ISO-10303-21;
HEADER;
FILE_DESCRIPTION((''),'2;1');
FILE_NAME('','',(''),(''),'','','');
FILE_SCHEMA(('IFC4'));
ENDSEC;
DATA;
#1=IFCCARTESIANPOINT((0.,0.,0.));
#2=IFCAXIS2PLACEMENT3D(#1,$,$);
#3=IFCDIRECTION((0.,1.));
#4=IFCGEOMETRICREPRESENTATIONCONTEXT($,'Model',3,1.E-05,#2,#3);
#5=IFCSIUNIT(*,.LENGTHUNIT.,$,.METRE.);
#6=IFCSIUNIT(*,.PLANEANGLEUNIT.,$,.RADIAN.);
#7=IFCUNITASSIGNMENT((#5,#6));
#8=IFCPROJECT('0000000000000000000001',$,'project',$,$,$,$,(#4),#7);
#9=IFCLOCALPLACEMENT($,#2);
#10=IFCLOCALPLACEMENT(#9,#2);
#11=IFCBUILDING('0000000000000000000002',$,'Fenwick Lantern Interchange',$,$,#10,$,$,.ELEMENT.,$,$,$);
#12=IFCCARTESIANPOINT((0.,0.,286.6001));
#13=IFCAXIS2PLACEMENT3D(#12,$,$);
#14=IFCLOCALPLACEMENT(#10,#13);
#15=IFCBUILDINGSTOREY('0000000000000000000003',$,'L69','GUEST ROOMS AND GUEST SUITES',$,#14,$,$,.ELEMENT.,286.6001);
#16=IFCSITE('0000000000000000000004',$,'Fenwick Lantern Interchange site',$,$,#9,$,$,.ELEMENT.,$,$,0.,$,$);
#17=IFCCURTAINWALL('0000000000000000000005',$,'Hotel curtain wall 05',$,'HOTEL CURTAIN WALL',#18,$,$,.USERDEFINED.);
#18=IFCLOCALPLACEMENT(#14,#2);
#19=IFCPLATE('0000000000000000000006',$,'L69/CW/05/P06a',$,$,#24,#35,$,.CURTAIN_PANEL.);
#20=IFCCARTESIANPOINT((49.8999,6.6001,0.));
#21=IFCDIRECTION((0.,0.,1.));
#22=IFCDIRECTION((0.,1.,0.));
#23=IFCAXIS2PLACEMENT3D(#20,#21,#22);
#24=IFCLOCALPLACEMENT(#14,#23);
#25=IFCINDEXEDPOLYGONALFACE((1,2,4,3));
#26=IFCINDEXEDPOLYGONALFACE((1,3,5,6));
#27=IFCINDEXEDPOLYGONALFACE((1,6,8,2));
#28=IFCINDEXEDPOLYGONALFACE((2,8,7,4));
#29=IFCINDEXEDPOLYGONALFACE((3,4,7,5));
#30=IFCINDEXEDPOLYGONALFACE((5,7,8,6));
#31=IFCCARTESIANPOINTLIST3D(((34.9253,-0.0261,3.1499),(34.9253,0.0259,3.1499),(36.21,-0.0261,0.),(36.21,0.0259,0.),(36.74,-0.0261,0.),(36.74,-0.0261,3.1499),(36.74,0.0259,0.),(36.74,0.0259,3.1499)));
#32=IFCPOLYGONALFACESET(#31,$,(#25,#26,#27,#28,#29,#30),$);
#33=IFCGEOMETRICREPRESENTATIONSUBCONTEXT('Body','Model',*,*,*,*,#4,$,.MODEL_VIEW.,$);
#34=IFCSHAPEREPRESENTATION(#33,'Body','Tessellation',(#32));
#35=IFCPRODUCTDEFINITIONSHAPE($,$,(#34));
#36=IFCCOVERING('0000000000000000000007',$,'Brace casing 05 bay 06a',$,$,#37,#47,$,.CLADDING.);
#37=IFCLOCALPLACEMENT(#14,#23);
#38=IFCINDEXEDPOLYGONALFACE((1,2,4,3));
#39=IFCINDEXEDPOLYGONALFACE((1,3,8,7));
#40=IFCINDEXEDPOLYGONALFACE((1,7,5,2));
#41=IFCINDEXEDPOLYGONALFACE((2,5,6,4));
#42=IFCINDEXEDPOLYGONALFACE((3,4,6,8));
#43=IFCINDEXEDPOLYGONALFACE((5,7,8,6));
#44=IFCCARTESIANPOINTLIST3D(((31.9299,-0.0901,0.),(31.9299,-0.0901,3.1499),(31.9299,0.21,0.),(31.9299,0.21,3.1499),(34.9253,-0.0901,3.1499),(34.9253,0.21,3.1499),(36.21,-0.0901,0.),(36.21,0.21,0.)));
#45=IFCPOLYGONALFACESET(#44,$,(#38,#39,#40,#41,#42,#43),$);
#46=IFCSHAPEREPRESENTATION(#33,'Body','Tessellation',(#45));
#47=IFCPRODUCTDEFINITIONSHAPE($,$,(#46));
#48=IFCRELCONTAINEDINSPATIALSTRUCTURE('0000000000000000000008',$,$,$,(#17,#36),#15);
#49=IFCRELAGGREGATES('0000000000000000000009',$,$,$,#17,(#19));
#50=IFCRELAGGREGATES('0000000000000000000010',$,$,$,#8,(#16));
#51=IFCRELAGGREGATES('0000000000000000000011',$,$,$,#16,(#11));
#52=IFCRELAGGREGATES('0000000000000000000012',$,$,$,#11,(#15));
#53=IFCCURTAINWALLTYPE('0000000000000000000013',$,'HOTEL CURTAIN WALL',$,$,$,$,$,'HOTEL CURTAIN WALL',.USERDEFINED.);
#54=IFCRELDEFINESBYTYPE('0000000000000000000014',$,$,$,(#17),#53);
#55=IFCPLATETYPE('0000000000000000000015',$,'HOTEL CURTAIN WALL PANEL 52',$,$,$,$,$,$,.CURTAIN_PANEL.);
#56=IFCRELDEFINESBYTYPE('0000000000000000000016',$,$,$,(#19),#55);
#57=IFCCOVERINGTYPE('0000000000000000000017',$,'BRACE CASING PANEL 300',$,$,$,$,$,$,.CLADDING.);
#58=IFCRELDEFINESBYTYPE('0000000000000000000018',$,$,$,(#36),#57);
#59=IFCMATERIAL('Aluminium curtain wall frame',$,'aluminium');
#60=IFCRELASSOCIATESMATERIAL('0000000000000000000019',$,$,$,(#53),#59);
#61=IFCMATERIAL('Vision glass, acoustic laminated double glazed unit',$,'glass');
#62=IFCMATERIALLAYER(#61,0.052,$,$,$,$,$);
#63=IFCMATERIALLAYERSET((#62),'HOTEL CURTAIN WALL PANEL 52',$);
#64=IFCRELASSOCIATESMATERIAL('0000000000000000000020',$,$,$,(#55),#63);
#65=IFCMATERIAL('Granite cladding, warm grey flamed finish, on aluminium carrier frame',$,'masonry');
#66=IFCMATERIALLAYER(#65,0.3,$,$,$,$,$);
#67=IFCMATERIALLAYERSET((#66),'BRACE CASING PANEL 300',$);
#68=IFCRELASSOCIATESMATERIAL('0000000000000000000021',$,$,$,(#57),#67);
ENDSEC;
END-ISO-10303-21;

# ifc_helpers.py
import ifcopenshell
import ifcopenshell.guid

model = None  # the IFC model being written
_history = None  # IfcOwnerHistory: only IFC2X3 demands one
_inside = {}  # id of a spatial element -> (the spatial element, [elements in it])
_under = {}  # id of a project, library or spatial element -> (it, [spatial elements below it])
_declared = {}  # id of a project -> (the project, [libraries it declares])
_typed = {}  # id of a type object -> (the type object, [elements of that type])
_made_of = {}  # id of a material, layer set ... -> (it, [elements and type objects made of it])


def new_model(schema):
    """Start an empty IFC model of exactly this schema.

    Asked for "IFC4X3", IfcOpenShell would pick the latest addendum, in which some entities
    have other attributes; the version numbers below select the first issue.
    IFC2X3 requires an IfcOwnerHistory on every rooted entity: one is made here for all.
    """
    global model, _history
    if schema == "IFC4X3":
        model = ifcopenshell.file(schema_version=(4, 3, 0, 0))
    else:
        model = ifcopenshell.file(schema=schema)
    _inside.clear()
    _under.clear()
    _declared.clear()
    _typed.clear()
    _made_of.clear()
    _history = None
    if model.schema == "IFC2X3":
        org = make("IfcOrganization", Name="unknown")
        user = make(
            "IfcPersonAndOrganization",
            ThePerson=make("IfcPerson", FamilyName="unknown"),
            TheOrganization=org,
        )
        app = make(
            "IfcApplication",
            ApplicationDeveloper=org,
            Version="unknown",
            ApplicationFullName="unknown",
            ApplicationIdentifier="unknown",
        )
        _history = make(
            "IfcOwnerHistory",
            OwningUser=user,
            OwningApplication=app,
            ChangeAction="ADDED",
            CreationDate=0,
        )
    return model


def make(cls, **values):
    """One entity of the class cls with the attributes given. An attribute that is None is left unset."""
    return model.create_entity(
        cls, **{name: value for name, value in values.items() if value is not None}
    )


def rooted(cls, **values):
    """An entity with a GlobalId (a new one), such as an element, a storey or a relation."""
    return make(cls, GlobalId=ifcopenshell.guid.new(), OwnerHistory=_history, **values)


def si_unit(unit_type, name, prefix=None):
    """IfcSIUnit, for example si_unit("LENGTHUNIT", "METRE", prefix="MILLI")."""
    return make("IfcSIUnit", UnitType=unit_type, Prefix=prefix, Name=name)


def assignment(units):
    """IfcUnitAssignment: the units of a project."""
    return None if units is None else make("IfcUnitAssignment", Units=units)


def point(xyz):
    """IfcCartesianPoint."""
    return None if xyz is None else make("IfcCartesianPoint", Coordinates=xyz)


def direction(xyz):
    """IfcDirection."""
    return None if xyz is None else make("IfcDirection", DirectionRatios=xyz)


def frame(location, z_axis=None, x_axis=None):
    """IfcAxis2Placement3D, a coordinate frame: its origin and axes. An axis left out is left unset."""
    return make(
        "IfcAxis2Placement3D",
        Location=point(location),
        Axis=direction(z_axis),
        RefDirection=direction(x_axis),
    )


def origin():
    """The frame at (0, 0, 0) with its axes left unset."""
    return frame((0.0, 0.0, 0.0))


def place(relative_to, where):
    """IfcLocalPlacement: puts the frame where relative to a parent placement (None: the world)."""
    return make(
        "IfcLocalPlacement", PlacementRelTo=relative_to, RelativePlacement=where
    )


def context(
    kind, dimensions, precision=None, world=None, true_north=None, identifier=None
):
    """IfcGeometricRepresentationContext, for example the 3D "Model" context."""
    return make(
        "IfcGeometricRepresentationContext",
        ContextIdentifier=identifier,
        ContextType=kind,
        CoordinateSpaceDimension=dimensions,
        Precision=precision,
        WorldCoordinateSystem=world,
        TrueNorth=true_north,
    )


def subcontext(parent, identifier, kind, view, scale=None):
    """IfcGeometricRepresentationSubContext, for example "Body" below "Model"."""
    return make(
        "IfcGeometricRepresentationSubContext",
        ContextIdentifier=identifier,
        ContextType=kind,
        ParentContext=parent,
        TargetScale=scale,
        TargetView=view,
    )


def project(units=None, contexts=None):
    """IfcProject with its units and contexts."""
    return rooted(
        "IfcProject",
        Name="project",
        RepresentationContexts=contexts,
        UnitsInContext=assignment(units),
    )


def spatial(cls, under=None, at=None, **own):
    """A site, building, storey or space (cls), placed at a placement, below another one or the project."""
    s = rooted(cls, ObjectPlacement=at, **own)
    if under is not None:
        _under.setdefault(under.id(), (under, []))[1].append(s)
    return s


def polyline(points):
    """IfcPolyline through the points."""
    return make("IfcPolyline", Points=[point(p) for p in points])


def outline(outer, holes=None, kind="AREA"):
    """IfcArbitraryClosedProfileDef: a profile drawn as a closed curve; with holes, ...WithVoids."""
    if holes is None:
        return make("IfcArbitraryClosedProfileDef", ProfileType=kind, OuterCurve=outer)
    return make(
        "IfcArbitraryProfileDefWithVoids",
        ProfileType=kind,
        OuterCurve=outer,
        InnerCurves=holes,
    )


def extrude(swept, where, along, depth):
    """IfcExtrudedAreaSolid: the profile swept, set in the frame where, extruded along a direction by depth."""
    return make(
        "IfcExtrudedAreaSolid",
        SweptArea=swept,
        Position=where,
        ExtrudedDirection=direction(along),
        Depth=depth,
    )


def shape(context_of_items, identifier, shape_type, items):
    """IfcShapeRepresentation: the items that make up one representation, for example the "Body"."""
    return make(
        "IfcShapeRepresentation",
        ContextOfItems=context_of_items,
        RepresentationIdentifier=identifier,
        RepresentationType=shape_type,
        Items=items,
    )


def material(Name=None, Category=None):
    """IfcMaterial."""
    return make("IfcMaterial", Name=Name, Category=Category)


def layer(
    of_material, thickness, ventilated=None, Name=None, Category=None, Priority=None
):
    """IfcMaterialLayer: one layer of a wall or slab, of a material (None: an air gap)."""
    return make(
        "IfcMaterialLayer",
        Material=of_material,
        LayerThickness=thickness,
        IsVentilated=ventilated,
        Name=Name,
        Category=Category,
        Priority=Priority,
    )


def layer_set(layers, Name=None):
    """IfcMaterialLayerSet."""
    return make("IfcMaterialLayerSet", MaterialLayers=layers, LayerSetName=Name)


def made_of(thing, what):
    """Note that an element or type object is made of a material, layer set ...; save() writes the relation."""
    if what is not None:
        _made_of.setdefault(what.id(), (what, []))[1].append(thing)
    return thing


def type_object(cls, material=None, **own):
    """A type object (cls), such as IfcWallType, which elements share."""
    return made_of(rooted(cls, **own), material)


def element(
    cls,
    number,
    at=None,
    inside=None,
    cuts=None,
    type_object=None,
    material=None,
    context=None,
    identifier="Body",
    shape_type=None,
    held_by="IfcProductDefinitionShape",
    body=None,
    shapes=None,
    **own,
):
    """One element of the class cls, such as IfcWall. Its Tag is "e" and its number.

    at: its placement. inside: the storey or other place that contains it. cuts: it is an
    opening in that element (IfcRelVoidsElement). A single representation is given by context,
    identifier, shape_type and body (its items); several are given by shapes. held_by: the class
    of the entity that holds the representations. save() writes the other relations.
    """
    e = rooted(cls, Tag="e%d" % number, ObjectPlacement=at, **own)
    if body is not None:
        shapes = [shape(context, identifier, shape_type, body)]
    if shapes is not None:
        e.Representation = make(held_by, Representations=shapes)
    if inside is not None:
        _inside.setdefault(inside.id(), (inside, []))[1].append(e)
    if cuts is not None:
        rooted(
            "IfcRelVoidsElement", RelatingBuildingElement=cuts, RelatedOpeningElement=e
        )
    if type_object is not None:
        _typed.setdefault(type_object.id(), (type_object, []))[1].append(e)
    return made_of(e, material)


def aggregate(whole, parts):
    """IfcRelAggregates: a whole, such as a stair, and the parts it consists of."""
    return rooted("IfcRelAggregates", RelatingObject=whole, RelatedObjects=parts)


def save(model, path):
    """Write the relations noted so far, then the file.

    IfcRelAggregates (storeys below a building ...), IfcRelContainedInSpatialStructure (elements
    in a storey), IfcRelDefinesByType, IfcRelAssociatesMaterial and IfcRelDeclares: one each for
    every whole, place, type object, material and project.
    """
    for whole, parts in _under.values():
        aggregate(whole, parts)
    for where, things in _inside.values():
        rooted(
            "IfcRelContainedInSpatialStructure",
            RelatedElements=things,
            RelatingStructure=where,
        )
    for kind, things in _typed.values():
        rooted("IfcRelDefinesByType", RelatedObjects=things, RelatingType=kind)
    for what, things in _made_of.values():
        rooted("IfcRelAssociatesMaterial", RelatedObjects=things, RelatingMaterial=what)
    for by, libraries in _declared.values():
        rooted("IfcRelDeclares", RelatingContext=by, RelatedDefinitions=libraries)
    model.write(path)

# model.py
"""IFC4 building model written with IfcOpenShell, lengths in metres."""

from ifc_helpers import new_model, si_unit, direction, frame, origin, place, context, subcontext, project, spatial, polyline, outline, extrude, material, layer, layer_set, type_object, element, aggregate, save


model = new_model("IFC4")

# Units and contexts
model_context = context("Model", 3, precision=1e-05, world=origin(), true_north=direction((0.0, 1.0)))
body_context = subcontext(model_context, "Body", "Model", "MODEL_VIEW")
ifc_project = project(units=[si_unit("LENGTHUNIT", "METRE"), si_unit("PLANEANGLEUNIT", "RADIAN")], contexts=[model_context])

# Site, building, storey
site_placement = place(None, origin())
site = spatial("IfcSite", under=ifc_project, at=site_placement, Name="Fenwick Lantern Interchange site", CompositionType="ELEMENT", RefElevation=0.0)
building_placement = place(site_placement, origin())
building = spatial("IfcBuilding", under=site, at=building_placement, Name="Fenwick Lantern Interchange", CompositionType="ELEMENT")
storey_placement = place(building_placement, frame((0.0, 0.0, 286.6001)))
storey = spatial("IfcBuildingStorey", under=building, at=storey_placement, Name="L69", Description="GUEST ROOMS AND GUEST SUITES", CompositionType="ELEMENT", Elevation=286.6001)

# Curtain wall
ifc_material_1 = material(Name="Aluminium curtain wall frame", Category="aluminium")
curtain_wall_type = type_object("IfcCurtainWallType", Name="HOTEL CURTAIN WALL", ElementType="HOTEL CURTAIN WALL", PredefinedType="USERDEFINED", material=ifc_material_1)
curtain_wall_placement = place(storey_placement, origin())
curtain_wall = element("IfcCurtainWall", 1, at=curtain_wall_placement, inside=storey, type_object=curtain_wall_type, Name="Hotel curtain wall 05", ObjectType="HOTEL CURTAIN WALL", PredefinedType="USERDEFINED")

# Plate
ifc_material_2 = material(Name="Vision glass, acoustic laminated double glazed unit", Category="glass")
ifc_layer_1 = layer(ifc_material_2, 0.052)
ifc_layer_set_1 = layer_set([ifc_layer_1], Name="HOTEL CURTAIN WALL PANEL 52")
plate_type = type_object("IfcPlateType", Name="HOTEL CURTAIN WALL PANEL 52", PredefinedType="CURTAIN_PANEL", material=ifc_layer_set_1)
plate_placement = place(storey_placement, frame((49.8999, 6.6001, 0.0), z_axis=(0.0, 0.0, 1.0), x_axis=(0.0, 1.0, 0.0)))
plate = element("IfcPlate", 2, at=plate_placement, type_object=plate_type, Name="L69/CW/05/P06a", PredefinedType="CURTAIN_PANEL", context=body_context, shape_type="SweptSolid", body=[
    extrude(outline(polyline([(36.21, 0.0), (36.74, 0.0), (36.74, 3.1499), (34.9253, 3.1499), (36.21, 0.0)])), frame((0.0, 0.0259, 0.0), z_axis=(0.0, -1.0, 0.0), x_axis=(1.0, 0.0, 0.0)), (0.0, 0.0, 1.0), 0.052),
])
aggregate(curtain_wall, [plate])

# Covering
ifc_material_3 = material(Name="Granite cladding, warm grey flamed finish, on aluminium carrier frame", Category="masonry")
ifc_layer_2 = layer(ifc_material_3, 0.3)
ifc_layer_set_2 = layer_set([ifc_layer_2], Name="BRACE CASING PANEL 300")
covering_type = type_object("IfcCoveringType", Name="BRACE CASING PANEL 300", PredefinedType="CLADDING", material=ifc_layer_set_2)
covering_placement = place(storey_placement, frame((49.8999, 6.6001, 0.0), z_axis=(0.0, 0.0, 1.0), x_axis=(0.0, 1.0, 0.0)))
element("IfcCovering", 3, at=covering_placement, inside=storey, type_object=covering_type, Name="Brace casing 05 bay 06a", PredefinedType="CLADDING", context=body_context, shape_type="SweptSolid", body=[
    extrude(outline(polyline([(31.9299, 0.0), (36.21, 0.0), (34.9253, 3.1499), (31.9299, 3.1499), (31.9299, 0.0)])), frame((0.0, 0.21, 0.0), z_axis=(0.0, -1.0, 0.0), x_axis=(1.0, 0.0, 0.0)), (0.0, 0.0, 1.0), 0.3),
])

save(model, "model.ifc")
